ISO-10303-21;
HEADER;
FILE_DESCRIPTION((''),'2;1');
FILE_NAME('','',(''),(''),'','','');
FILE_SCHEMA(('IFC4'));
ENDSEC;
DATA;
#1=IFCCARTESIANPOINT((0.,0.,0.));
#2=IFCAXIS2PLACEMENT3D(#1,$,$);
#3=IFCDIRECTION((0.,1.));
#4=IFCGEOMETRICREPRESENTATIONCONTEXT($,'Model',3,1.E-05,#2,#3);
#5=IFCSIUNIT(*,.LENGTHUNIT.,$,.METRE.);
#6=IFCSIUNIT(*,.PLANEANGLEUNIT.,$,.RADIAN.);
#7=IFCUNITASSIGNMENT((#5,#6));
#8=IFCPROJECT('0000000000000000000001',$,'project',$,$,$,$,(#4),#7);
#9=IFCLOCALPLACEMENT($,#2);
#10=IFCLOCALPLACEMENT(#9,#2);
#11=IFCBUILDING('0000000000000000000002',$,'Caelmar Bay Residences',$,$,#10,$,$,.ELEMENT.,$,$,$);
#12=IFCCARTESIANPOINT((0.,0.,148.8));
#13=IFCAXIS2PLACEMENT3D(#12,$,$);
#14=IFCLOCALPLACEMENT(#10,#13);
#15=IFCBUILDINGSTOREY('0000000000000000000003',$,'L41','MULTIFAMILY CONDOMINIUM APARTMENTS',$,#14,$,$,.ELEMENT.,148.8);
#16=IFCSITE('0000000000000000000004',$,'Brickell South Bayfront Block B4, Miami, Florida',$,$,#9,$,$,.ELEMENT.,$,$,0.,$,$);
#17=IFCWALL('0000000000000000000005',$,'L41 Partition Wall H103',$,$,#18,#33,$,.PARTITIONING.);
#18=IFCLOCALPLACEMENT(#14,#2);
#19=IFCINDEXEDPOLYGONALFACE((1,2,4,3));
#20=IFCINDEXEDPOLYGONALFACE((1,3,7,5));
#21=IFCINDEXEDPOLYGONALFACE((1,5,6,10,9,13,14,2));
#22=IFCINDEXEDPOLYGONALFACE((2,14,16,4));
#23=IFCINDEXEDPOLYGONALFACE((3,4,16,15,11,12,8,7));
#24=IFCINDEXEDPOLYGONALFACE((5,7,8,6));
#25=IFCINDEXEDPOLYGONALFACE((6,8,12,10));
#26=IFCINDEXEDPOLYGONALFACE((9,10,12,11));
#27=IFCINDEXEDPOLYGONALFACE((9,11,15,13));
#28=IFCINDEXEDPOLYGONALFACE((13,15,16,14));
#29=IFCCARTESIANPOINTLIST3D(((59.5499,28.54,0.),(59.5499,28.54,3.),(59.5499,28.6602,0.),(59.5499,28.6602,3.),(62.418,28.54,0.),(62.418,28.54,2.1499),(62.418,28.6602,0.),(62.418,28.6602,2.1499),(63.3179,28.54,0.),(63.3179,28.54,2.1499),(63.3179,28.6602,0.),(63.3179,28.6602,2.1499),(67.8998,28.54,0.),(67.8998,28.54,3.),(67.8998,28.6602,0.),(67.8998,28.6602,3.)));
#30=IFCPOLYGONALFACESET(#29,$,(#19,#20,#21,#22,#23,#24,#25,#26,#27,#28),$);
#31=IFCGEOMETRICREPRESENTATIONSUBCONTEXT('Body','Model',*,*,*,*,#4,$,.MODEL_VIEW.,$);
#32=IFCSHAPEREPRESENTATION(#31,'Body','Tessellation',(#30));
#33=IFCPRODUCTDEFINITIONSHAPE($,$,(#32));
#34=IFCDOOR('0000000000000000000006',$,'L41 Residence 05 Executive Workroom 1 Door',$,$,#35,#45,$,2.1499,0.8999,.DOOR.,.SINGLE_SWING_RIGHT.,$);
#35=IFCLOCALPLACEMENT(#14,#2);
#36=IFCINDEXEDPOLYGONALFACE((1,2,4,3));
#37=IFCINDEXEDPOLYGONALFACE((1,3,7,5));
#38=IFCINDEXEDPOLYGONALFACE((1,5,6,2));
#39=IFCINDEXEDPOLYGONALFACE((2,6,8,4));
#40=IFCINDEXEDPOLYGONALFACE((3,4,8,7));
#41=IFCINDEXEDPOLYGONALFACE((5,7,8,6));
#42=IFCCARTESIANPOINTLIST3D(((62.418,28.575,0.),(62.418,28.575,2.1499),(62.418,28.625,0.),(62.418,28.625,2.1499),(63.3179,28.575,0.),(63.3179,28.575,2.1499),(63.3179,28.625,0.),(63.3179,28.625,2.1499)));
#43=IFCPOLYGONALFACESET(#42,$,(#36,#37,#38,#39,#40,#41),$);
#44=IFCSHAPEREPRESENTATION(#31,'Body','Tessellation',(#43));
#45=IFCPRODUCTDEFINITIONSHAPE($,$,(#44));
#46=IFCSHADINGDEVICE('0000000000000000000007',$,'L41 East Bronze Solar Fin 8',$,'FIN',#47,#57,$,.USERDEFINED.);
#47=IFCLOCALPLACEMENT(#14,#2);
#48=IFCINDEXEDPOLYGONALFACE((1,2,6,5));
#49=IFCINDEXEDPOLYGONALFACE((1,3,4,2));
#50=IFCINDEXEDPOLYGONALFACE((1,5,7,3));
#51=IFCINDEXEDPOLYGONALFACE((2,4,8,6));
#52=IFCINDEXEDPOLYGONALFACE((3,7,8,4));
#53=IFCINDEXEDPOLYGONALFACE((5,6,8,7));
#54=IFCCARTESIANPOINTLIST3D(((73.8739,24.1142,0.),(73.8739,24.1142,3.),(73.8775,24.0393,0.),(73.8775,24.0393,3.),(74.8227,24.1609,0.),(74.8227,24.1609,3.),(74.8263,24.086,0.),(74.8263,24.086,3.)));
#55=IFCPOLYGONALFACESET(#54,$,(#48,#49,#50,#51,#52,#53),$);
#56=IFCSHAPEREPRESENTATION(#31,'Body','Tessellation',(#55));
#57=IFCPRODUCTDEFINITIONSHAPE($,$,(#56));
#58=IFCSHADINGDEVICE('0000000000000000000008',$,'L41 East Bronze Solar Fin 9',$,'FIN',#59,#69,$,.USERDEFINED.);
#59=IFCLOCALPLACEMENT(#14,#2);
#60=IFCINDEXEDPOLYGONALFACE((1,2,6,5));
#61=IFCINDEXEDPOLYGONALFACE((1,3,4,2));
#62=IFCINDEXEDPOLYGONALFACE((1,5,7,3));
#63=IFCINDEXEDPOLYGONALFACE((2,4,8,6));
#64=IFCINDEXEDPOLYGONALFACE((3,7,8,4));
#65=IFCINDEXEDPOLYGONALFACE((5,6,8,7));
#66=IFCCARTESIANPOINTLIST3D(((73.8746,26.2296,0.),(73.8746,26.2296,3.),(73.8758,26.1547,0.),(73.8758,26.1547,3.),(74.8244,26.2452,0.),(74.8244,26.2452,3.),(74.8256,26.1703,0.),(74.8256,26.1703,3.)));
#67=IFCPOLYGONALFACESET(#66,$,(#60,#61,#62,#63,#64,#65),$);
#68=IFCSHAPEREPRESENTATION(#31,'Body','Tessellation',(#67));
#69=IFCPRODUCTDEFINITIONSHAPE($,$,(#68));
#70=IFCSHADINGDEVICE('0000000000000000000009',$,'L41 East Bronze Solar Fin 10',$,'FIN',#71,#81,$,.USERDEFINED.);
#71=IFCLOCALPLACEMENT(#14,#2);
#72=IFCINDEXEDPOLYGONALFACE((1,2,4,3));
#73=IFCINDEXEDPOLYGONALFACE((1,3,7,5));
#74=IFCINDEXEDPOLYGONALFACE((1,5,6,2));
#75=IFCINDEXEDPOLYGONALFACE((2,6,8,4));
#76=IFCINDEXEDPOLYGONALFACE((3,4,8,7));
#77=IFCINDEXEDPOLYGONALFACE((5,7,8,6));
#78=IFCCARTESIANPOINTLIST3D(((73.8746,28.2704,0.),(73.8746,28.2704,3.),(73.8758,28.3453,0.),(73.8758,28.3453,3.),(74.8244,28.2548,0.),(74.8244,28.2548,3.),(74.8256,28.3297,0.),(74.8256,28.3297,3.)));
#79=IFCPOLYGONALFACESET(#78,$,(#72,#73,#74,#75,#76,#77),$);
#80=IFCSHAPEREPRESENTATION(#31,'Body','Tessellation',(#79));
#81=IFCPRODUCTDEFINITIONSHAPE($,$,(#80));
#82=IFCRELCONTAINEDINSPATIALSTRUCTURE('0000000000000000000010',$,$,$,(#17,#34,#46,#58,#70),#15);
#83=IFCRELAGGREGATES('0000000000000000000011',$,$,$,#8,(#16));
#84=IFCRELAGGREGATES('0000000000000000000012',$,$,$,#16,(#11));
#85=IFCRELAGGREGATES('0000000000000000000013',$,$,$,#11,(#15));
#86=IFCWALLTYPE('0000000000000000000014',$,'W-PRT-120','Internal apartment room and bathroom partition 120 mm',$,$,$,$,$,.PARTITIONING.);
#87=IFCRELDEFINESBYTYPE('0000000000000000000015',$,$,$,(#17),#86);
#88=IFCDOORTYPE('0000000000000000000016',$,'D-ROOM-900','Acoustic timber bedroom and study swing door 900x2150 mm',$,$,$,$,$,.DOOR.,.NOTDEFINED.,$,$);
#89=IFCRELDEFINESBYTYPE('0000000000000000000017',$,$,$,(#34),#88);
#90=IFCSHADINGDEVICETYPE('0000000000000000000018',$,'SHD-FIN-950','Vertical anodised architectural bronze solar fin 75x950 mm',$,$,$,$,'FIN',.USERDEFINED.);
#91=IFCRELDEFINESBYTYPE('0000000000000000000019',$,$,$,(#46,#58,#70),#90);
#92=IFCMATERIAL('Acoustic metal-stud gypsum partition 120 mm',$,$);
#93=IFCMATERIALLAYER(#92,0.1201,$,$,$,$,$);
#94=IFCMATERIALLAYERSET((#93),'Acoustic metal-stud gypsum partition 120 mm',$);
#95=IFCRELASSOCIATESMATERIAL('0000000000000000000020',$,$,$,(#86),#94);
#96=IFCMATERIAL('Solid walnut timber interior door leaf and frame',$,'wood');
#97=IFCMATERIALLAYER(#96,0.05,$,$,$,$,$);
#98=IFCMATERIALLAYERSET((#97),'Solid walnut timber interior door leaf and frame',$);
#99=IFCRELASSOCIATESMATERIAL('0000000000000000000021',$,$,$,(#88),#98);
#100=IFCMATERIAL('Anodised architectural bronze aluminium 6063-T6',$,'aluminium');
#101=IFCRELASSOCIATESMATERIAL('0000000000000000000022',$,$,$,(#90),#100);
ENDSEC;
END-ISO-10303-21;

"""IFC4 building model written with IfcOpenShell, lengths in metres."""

from ifc_helpers import new_model, si_unit, direction, frame, frame_2d, origin, origin_2d, place, context, subcontext, project, spatial, rectangle, extrude, material, layer, layer_set, material_profile, profile_set, type_object, element, fill, save


model = new_model("IFC4")

# Units and contexts
model_context = context("Model", 3, precision=1e-05, world=origin(), true_north=direction((0.0, 1.0)))
body_context = subcontext(model_context, "Body", "Model", "MODEL_VIEW")
ifc_project = project(units=[si_unit("LENGTHUNIT", "METRE"), si_unit("PLANEANGLEUNIT", "RADIAN")], contexts=[model_context])

# Site, building, storey
site_placement = place(None, origin())
site = spatial("IfcSite", under=ifc_project, at=site_placement, Name="Brickell South Bayfront Block B4, Miami, Florida", CompositionType="ELEMENT", RefElevation=0.0)
building_placement = place(site_placement, origin())
building = spatial("IfcBuilding", under=site, at=building_placement, Name="Caelmar Bay Residences", CompositionType="ELEMENT")
storey_placement = place(building_placement, frame((0.0, 0.0, 148.8)))
storey = spatial("IfcBuildingStorey", under=building, at=storey_placement, Name="L41", Description="MULTIFAMILY CONDOMINIUM APARTMENTS", CompositionType="ELEMENT", Elevation=148.8)

# Shared definitions
ifc_material_1 = material(Name="Acoustic metal-stud gypsum partition 120 mm")
ifc_layer_1 = layer(ifc_material_1, 0.1201)
ifc_layer_set_1 = layer_set([ifc_layer_1], Name="Acoustic metal-stud gypsum partition 120 mm")
wall_type = type_object("IfcWallType", Name="W-PRT-120", Description="Internal apartment room and bathroom partition 120 mm", PredefinedType="PARTITIONING", material=ifc_layer_set_1)

# Shared definitions
ifc_material_2 = material(Name="Solid walnut timber interior door leaf and frame", Category="wood")
ifc_layer_2 = layer(ifc_material_2, 0.05)
ifc_layer_set_2 = layer_set([ifc_layer_2], Name="Solid walnut timber interior door leaf and frame")
door_type = type_object("IfcDoorType", Name="D-ROOM-900", Description="Acoustic timber bedroom and study swing door 900x2150 mm", OperationType="NOTDEFINED", PredefinedType="DOOR", material=ifc_layer_set_2)

# Wall, opening, door
wall_1_placement = place(storey_placement, frame((59.55, 28.6001, 0.0), z_axis=(0.0, 0.0, 1.0), x_axis=(1.0, 0.0, 0.0)))
wall_1 = element("IfcWall", 1, at=wall_1_placement, inside=storey, type_object=wall_type, Name="L41 Partition Wall H103", PredefinedType="PARTITIONING", context=body_context, shape_type="SweptSolid", body=[
    extrude(rectangle(XDim=8.3499, YDim=0.1201, at=frame_2d((4.1748, 0.0))), origin(), (0.0, 0.0, 1.0), 3.0),
])
opening_1_placement = place(wall_1_placement, frame((2.8679, 0.0, 0.0)))
opening_1 = element("IfcOpeningElement", 2, at=opening_1_placement, cuts=wall_1, PredefinedType="OPENING", context=body_context, shape_type="SweptSolid", body=[
    extrude(rectangle(XDim=0.8999, YDim=2.1499, at=frame_2d((0.45, 1.075))), frame((0.0, 0.0701, 0.0), z_axis=(0.0, -1.0, 0.0), x_axis=(1.0, 0.0, 0.0)), (0.0, 0.0, 1.0), 0.1401),
])
door_1_placement = place(opening_1_placement, origin())
door_1 = element("IfcDoor", 3, at=door_1_placement, inside=storey, type_object=door_type, Name="L41 Residence 05 Executive Workroom 1 Door", OperationType="SINGLE_SWING_RIGHT", OverallHeight=2.1499, OverallWidth=0.8999, PredefinedType="DOOR", context=body_context, shape_type="SweptSolid", body=[
    extrude(rectangle(XDim=0.8999, YDim=2.1499, at=frame_2d((0.45, 1.075))), frame((0.0, 0.0249, 0.0), z_axis=(0.0, -1.0, 0.0), x_axis=(1.0, 0.0, 0.0)), (0.0, 0.0, 1.0), 0.05),
])
fill(opening_1, door_1)

# Shading devices
ifc_material_3 = material(Name="Anodised architectural bronze aluminium 6063-T6", Category="aluminium")
ifc_material_profile_1 = material_profile(ifc_material_3, rectangle(XDim=0.075, YDim=0.95, at=origin_2d()), Name="BRONZE-FIN-75X950")
ifc_profile_set_1 = profile_set([ifc_material_profile_1], Name="Anodised architectural bronze aluminium 6063-T6")
shading_device_type = type_object("IfcShadingDeviceType", Name="SHD-FIN-950", Description="Vertical anodised architectural bronze solar fin 75x950 mm", ElementType="FIN", PredefinedType="USERDEFINED", material=ifc_profile_set_1)
for number, where, z_axis, x_axis, name in (
    (4, (74.3501, 24.1001, 0.0), (0.0, 0.0, 1.0), (-0.049198, 0.998789, 0.0), "L41 East Bronze Solar Fin 8"),
    (5, (74.3501, 26.2, 0.0), (0.0, 0.0, 1.0), (-0.016405, 0.999865, 0.0), "L41 East Bronze Solar Fin 9"),
    (6, (74.3501, 28.3, 0.0), (0.0, 0.0, 1.0), (0.016405, 0.999865, 0.0), "L41 East Bronze Solar Fin 10"),
):
    element("IfcShadingDevice", number, at=place(storey_placement, frame(where, z_axis=z_axis, x_axis=x_axis)), inside=storey, type_object=shading_device_type, Name=name, ObjectType="FIN", PredefinedType="USERDEFINED", context=body_context, shape_type="SweptSolid", body=[
        extrude(rectangle(XDim=0.075, YDim=0.95, at=origin_2d()), origin(), (0.0, 0.0, 1.0), 3.0),
    ])

save(model, "model.ifc")
